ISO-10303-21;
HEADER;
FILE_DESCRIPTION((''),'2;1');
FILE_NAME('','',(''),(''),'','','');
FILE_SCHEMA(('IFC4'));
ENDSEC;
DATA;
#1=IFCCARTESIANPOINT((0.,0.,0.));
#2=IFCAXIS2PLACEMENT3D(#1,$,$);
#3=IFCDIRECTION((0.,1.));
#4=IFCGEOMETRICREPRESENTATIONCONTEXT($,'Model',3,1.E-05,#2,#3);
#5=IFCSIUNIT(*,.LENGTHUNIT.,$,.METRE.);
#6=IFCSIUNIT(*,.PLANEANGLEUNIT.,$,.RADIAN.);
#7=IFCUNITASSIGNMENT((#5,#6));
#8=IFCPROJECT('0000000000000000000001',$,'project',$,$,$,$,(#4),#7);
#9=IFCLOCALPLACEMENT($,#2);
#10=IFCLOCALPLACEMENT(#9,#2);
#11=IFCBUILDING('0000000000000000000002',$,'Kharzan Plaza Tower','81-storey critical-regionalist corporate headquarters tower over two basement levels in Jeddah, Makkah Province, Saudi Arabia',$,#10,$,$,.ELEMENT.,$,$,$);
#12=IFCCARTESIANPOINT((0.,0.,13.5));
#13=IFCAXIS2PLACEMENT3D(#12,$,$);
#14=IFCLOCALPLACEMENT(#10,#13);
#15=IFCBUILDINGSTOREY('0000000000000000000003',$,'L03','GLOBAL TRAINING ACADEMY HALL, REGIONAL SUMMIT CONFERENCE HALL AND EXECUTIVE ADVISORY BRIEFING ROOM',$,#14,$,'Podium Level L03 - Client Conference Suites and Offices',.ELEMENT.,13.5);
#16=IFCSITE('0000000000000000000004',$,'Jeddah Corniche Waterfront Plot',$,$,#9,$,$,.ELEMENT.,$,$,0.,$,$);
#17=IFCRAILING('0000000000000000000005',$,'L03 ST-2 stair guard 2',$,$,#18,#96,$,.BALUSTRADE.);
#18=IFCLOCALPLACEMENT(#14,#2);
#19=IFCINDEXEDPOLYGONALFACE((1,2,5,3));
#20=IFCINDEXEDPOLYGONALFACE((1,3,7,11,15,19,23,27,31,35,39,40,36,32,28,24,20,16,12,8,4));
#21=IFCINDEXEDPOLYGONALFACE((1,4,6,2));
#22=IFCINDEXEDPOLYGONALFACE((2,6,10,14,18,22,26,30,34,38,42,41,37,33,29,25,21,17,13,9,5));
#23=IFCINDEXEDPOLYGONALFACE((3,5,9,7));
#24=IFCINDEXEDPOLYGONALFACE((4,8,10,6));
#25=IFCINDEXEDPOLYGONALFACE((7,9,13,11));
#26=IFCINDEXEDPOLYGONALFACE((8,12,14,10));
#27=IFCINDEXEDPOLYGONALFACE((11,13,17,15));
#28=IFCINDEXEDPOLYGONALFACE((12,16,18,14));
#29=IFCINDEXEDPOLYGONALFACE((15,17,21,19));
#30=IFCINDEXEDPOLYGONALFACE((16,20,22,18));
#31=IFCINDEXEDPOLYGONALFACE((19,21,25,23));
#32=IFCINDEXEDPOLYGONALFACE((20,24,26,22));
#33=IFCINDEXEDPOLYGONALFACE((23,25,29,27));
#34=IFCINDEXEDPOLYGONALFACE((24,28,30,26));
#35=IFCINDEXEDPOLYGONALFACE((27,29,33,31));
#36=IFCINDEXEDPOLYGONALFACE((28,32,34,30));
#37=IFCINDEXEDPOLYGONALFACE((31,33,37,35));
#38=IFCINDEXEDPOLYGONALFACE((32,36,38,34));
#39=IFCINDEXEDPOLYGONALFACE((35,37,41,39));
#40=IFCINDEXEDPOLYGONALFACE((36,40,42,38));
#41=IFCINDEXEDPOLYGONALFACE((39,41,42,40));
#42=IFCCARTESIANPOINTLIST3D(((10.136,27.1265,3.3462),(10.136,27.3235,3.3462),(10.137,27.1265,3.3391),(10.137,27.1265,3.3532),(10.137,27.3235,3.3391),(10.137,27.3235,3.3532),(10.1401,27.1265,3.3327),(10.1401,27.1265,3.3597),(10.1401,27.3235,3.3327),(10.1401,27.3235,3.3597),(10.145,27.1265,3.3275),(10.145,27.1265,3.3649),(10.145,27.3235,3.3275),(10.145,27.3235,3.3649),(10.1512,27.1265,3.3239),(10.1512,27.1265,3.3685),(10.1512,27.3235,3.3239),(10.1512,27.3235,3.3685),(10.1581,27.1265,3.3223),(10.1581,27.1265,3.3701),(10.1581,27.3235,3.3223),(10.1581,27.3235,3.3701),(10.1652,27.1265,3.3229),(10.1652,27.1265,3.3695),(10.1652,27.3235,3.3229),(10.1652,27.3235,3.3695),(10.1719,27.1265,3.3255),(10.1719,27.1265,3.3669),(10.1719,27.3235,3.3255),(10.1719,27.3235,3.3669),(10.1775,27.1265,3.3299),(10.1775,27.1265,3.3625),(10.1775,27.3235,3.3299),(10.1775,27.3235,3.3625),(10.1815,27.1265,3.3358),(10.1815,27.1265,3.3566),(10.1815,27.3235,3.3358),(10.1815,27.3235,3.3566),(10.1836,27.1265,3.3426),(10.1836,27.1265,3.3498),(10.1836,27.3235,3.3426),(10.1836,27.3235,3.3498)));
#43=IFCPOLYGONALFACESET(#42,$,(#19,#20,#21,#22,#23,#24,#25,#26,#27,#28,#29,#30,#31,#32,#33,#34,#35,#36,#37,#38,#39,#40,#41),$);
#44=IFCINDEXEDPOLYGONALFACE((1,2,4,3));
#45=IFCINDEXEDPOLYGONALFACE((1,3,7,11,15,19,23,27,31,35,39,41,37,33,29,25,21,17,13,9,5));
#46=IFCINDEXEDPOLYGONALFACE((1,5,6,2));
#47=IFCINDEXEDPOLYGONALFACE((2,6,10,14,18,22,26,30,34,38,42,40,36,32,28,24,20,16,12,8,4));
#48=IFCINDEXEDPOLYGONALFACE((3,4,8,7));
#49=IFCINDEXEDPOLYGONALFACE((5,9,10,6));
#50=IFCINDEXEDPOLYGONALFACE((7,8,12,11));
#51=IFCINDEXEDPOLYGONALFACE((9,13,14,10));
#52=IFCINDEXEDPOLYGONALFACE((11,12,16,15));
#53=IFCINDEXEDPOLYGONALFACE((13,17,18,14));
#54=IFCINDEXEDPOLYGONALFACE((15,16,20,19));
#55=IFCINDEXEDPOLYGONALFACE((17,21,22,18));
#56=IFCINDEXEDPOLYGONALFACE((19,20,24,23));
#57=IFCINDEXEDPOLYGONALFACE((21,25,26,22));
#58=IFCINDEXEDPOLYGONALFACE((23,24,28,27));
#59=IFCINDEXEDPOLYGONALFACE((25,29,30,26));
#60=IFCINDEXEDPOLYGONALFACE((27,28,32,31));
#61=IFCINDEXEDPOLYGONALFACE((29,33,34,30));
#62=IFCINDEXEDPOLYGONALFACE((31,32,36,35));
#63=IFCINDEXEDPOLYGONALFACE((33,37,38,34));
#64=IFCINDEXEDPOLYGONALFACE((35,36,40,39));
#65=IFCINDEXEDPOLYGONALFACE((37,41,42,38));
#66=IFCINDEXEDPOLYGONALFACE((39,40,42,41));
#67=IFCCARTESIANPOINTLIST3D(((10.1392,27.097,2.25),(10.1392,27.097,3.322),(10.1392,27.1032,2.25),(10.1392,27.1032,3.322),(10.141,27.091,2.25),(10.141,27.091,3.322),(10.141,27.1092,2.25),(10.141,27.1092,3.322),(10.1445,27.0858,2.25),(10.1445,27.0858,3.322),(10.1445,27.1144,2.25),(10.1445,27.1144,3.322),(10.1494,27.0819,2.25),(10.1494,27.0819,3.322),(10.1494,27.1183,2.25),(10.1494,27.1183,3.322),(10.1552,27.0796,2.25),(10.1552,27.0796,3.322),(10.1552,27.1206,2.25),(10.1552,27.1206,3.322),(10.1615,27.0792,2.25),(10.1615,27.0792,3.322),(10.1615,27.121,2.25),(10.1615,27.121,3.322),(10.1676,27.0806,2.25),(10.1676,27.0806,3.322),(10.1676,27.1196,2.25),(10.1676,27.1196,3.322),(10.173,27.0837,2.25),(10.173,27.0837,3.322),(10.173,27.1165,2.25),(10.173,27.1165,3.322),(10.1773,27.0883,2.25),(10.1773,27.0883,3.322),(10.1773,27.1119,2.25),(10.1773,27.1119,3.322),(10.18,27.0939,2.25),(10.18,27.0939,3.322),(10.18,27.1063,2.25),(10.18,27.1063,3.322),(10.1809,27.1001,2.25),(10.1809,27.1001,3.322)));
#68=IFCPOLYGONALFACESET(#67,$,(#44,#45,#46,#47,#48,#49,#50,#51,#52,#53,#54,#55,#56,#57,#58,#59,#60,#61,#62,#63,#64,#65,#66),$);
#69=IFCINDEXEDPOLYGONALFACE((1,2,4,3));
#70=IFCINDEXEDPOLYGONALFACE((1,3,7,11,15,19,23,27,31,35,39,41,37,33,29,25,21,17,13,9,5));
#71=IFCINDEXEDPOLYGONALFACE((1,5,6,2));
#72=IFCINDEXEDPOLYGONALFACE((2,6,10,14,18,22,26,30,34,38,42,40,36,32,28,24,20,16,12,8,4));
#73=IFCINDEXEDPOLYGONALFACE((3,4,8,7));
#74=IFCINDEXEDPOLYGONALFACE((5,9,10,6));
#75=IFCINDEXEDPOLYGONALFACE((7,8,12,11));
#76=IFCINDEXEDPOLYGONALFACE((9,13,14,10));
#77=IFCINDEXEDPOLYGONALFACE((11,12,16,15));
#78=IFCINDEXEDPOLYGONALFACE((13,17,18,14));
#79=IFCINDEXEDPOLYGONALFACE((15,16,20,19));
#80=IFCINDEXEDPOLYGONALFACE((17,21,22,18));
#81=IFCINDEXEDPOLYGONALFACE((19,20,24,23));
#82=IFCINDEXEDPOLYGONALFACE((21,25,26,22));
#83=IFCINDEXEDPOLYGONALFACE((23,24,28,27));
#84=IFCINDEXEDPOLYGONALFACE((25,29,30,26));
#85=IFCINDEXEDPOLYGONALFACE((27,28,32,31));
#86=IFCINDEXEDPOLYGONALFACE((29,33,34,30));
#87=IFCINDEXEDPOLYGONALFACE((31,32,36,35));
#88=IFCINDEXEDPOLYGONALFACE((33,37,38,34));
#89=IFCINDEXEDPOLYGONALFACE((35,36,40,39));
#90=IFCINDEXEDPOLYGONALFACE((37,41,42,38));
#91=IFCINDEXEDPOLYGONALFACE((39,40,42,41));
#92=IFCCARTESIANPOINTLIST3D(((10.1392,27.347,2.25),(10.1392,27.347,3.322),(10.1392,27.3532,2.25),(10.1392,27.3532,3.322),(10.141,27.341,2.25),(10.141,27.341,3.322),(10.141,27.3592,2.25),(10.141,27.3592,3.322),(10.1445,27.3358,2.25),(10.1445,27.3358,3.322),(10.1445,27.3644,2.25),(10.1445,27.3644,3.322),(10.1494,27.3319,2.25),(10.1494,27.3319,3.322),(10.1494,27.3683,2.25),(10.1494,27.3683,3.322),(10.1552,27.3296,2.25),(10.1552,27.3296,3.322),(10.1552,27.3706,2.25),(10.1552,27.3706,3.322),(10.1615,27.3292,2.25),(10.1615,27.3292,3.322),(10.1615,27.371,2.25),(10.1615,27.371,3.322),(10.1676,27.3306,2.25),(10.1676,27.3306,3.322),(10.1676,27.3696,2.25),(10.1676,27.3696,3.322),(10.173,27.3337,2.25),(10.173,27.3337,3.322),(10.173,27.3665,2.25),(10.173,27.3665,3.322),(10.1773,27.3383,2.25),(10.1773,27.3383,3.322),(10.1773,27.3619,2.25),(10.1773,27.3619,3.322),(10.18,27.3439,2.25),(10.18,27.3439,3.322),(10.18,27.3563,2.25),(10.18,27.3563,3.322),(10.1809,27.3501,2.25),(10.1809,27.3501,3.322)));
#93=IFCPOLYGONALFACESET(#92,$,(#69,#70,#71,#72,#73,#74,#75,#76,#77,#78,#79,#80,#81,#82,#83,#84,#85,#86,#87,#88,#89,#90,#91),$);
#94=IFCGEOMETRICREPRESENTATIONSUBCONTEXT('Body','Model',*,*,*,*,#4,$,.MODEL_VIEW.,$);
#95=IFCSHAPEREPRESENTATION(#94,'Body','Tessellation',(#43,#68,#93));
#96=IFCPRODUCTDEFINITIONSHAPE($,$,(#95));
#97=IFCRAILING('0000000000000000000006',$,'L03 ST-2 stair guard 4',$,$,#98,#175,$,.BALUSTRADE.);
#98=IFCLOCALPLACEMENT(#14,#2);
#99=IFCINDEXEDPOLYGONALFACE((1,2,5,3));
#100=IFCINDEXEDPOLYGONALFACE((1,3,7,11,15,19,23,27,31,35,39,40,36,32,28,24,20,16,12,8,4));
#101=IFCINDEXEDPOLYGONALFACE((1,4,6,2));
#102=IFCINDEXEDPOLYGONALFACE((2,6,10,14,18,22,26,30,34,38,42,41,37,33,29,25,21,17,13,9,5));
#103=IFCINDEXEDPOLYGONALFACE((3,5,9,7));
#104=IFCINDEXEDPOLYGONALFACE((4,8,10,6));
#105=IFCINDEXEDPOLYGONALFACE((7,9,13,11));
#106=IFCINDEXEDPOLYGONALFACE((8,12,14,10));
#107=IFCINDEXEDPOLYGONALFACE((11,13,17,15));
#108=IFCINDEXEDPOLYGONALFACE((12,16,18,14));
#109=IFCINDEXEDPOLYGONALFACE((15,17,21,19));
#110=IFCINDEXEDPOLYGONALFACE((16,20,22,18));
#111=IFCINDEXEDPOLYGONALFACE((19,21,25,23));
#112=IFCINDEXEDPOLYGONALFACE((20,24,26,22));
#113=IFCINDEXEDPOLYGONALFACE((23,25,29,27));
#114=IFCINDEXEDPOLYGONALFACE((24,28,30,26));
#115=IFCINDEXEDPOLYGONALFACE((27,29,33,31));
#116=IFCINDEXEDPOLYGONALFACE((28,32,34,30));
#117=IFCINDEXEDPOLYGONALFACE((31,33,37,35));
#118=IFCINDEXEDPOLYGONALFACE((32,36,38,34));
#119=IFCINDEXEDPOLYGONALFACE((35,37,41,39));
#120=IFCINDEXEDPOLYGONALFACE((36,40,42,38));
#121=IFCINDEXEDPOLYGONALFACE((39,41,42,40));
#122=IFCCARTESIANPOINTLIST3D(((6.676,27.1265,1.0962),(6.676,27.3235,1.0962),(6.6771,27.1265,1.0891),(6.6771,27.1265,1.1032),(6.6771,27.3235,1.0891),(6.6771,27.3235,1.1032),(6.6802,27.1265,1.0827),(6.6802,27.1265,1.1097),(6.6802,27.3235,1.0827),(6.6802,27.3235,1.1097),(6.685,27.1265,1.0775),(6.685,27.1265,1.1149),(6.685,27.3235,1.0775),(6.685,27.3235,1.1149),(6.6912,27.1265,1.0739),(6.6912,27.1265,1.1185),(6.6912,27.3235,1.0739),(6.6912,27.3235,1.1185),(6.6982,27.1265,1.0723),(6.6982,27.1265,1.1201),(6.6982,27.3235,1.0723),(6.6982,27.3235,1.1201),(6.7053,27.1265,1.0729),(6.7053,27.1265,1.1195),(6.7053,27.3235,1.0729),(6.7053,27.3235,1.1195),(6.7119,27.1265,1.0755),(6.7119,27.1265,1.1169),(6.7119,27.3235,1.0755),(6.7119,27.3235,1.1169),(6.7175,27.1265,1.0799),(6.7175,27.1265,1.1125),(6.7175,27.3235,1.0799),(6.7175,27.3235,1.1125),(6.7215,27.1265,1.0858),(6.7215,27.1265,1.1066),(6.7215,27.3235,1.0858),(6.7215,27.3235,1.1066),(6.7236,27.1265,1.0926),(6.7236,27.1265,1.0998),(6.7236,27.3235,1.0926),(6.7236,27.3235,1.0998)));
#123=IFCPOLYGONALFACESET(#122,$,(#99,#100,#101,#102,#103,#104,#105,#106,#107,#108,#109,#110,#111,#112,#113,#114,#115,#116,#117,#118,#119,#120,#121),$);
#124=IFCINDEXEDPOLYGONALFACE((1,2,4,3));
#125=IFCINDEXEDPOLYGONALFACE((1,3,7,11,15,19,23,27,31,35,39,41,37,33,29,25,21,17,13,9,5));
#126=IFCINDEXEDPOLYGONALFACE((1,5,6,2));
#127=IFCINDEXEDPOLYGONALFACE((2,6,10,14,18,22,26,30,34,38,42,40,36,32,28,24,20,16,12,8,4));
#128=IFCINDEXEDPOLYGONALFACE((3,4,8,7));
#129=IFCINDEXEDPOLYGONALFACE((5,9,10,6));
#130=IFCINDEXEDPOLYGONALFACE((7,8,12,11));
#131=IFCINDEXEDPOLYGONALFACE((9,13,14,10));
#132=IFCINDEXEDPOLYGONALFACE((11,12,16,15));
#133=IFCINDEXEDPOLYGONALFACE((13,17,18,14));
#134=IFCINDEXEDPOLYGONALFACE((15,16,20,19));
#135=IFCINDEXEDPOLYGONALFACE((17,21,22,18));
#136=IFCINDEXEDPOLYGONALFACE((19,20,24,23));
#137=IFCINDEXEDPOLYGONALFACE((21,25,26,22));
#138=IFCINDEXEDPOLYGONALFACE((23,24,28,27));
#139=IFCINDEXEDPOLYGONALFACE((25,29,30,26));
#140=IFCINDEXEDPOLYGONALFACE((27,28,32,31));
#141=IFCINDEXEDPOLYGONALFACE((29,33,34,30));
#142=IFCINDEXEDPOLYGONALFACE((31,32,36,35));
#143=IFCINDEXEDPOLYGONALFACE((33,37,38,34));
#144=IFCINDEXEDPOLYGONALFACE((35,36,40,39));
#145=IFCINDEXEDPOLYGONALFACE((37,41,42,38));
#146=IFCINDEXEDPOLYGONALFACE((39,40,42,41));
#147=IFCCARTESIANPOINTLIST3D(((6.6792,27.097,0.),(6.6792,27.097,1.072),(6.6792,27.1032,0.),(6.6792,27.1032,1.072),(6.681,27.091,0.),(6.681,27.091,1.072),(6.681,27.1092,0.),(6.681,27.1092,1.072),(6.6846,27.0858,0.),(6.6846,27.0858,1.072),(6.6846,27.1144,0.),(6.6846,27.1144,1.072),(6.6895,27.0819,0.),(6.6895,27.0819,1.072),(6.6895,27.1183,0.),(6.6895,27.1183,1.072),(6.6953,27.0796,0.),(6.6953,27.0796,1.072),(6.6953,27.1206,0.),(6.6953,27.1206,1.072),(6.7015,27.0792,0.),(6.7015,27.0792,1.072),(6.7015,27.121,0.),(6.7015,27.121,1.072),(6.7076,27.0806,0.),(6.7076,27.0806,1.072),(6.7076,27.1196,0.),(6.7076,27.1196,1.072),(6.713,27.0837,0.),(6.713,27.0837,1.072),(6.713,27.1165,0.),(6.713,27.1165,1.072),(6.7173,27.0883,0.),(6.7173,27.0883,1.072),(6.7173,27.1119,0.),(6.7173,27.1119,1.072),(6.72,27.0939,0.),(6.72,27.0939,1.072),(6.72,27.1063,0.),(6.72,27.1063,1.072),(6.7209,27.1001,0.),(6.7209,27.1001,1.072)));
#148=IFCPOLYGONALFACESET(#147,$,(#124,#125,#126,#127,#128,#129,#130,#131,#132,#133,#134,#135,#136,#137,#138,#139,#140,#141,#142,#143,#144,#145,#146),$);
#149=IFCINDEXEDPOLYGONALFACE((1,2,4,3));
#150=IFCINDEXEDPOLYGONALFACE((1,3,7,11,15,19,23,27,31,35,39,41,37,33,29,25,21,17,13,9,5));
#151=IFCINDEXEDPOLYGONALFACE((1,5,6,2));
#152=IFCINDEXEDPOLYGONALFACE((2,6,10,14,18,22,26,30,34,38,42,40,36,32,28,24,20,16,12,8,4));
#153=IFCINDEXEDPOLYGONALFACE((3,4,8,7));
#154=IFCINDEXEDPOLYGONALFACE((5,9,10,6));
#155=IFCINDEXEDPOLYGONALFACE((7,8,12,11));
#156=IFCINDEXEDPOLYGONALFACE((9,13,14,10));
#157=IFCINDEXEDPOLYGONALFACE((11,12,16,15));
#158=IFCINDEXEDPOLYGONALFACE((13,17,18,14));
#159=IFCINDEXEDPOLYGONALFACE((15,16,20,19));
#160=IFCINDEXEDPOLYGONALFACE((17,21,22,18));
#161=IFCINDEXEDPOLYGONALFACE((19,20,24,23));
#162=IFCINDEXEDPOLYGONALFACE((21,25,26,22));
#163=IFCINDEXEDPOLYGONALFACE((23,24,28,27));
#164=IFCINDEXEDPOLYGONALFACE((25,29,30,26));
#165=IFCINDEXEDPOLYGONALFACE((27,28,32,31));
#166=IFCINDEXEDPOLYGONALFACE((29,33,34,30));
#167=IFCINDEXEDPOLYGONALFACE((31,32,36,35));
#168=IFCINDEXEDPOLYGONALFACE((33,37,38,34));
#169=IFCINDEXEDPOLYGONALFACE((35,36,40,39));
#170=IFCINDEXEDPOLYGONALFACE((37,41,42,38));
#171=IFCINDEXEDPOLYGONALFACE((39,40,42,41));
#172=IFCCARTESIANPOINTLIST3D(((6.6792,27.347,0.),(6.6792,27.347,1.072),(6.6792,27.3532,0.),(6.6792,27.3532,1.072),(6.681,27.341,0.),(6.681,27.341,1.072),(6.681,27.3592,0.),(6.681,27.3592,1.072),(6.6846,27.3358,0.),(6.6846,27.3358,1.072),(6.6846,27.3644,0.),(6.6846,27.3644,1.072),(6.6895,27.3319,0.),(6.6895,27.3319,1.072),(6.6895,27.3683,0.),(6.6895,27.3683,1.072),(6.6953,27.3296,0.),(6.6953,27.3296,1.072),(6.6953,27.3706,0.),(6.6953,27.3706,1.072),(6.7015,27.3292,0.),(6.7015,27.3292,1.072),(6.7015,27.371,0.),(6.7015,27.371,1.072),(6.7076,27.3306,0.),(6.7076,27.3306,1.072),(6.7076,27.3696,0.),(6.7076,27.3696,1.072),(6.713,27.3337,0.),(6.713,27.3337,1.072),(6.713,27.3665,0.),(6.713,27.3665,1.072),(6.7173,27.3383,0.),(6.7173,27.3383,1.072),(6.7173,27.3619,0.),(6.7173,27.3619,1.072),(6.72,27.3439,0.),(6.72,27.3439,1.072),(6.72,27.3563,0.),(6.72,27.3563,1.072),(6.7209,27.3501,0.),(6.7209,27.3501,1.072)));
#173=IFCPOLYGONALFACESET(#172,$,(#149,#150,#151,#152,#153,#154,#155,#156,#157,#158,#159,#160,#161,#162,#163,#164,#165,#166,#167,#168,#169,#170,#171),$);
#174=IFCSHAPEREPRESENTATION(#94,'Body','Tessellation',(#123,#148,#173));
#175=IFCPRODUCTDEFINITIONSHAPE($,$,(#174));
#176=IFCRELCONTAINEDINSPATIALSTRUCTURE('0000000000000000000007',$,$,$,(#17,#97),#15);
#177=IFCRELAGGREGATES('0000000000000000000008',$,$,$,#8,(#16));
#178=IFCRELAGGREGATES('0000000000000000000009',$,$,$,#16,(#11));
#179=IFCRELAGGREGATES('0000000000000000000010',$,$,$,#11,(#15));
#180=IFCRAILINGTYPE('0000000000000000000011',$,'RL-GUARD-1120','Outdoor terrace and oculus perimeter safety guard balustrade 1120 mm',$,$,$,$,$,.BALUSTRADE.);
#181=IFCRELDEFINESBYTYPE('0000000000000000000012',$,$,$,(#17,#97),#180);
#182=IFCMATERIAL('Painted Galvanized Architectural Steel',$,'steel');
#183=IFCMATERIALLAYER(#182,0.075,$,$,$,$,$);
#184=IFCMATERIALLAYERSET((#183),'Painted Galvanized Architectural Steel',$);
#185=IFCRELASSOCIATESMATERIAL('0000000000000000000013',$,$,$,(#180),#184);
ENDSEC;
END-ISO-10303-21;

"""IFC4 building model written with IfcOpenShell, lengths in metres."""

from ifc_helpers import new_model, si_unit, direction, frame, origin, origin_2d, place, context, subcontext, project, spatial, circle, extrude, source, transform, mapped, material, layer, layer_set, type_object, element, save


model = new_model("IFC4")

# Units and contexts
model_context = context("Model", 3, precision=1e-05, world=origin(), true_north=direction((0.0, 1.0)))
body_context = subcontext(model_context, "Body", "Model", "MODEL_VIEW")
ifc_project = project(units=[si_unit("LENGTHUNIT", "METRE"), si_unit("PLANEANGLEUNIT", "RADIAN")], contexts=[model_context])

# Site, building, storey
site_placement = place(None, origin())
site = spatial("IfcSite", under=ifc_project, at=site_placement, Name="Jeddah Corniche Waterfront Plot", CompositionType="ELEMENT", RefElevation=0.0)
building_placement = place(site_placement, origin())
building = spatial("IfcBuilding", under=site, at=building_placement, Name="Kharzan Plaza Tower", Description="81-storey critical-regionalist corporate headquarters tower over two basement levels in Jeddah, Makkah Province, Saudi Arabia", CompositionType="ELEMENT")
storey_placement = place(building_placement, frame((0.0, 0.0, 13.5)))
storey = spatial("IfcBuildingStorey", under=building, at=storey_placement, Name="L03", Description="GLOBAL TRAINING ACADEMY HALL, REGIONAL SUMMIT CONFERENCE HALL AND EXECUTIVE ADVISORY BRIEFING ROOM", LongName="Podium Level L03 - Client Conference Suites and Offices", CompositionType="ELEMENT", Elevation=13.5)

# Railings
ifc_material_1 = material(Name="Painted Galvanized Architectural Steel", Category="steel")
ifc_layer_1 = layer(ifc_material_1, 0.075)
ifc_layer_set_1 = layer_set([ifc_layer_1], Name="Painted Galvanized Architectural Steel")
railing_type_1 = type_object("IfcRailingType", Name="RL-GUARD-1120", Description="Outdoor terrace and oculus perimeter safety guard balustrade 1120 mm", PredefinedType="BALUSTRADE", material=ifc_layer_set_1)
shared_shape_1 = source(origin(), body_context, "Body", "SweptSolid", [
    extrude(circle(Radius=0.0239, at=origin_2d()), frame((0.0, 0.0264, 1.0962), z_axis=(0.0, 1.0, 0.0), x_axis=(-1.0, 0.0, 0.0)), (0.0, 0.0, 1.0), 0.197),
    extrude(circle(Radius=0.021, at=origin_2d()), origin(), (0.0, 0.0, 1.0), 1.072),
    extrude(circle(Radius=0.021, at=origin_2d()), frame((0.0, 0.25, 0.0)), (0.0, 0.0, 1.0), 1.072),
])
for number, where, name in (
    (1, (10.1599, 27.1001, 2.25), "L03 ST-2 stair guard 2"),
    (2, (6.7, 27.1001, 0.0), "L03 ST-2 stair guard 4"),
):
    element("IfcRailing", number, at=place(storey_placement, frame(where)), inside=storey, type_object=railing_type_1, Name=name, PredefinedType="BALUSTRADE", context=body_context, shape_type="MappedRepresentation", body=[
        mapped(shared_shape_1, transform((0.0, 0.0, 0.0), x_axis=(1.0, 0.0, 0.0), y_axis=(0.0, 1.0, 0.0), z_axis=(0.0, 0.0, 1.0))),
    ])

save(model, "model.ifc")
